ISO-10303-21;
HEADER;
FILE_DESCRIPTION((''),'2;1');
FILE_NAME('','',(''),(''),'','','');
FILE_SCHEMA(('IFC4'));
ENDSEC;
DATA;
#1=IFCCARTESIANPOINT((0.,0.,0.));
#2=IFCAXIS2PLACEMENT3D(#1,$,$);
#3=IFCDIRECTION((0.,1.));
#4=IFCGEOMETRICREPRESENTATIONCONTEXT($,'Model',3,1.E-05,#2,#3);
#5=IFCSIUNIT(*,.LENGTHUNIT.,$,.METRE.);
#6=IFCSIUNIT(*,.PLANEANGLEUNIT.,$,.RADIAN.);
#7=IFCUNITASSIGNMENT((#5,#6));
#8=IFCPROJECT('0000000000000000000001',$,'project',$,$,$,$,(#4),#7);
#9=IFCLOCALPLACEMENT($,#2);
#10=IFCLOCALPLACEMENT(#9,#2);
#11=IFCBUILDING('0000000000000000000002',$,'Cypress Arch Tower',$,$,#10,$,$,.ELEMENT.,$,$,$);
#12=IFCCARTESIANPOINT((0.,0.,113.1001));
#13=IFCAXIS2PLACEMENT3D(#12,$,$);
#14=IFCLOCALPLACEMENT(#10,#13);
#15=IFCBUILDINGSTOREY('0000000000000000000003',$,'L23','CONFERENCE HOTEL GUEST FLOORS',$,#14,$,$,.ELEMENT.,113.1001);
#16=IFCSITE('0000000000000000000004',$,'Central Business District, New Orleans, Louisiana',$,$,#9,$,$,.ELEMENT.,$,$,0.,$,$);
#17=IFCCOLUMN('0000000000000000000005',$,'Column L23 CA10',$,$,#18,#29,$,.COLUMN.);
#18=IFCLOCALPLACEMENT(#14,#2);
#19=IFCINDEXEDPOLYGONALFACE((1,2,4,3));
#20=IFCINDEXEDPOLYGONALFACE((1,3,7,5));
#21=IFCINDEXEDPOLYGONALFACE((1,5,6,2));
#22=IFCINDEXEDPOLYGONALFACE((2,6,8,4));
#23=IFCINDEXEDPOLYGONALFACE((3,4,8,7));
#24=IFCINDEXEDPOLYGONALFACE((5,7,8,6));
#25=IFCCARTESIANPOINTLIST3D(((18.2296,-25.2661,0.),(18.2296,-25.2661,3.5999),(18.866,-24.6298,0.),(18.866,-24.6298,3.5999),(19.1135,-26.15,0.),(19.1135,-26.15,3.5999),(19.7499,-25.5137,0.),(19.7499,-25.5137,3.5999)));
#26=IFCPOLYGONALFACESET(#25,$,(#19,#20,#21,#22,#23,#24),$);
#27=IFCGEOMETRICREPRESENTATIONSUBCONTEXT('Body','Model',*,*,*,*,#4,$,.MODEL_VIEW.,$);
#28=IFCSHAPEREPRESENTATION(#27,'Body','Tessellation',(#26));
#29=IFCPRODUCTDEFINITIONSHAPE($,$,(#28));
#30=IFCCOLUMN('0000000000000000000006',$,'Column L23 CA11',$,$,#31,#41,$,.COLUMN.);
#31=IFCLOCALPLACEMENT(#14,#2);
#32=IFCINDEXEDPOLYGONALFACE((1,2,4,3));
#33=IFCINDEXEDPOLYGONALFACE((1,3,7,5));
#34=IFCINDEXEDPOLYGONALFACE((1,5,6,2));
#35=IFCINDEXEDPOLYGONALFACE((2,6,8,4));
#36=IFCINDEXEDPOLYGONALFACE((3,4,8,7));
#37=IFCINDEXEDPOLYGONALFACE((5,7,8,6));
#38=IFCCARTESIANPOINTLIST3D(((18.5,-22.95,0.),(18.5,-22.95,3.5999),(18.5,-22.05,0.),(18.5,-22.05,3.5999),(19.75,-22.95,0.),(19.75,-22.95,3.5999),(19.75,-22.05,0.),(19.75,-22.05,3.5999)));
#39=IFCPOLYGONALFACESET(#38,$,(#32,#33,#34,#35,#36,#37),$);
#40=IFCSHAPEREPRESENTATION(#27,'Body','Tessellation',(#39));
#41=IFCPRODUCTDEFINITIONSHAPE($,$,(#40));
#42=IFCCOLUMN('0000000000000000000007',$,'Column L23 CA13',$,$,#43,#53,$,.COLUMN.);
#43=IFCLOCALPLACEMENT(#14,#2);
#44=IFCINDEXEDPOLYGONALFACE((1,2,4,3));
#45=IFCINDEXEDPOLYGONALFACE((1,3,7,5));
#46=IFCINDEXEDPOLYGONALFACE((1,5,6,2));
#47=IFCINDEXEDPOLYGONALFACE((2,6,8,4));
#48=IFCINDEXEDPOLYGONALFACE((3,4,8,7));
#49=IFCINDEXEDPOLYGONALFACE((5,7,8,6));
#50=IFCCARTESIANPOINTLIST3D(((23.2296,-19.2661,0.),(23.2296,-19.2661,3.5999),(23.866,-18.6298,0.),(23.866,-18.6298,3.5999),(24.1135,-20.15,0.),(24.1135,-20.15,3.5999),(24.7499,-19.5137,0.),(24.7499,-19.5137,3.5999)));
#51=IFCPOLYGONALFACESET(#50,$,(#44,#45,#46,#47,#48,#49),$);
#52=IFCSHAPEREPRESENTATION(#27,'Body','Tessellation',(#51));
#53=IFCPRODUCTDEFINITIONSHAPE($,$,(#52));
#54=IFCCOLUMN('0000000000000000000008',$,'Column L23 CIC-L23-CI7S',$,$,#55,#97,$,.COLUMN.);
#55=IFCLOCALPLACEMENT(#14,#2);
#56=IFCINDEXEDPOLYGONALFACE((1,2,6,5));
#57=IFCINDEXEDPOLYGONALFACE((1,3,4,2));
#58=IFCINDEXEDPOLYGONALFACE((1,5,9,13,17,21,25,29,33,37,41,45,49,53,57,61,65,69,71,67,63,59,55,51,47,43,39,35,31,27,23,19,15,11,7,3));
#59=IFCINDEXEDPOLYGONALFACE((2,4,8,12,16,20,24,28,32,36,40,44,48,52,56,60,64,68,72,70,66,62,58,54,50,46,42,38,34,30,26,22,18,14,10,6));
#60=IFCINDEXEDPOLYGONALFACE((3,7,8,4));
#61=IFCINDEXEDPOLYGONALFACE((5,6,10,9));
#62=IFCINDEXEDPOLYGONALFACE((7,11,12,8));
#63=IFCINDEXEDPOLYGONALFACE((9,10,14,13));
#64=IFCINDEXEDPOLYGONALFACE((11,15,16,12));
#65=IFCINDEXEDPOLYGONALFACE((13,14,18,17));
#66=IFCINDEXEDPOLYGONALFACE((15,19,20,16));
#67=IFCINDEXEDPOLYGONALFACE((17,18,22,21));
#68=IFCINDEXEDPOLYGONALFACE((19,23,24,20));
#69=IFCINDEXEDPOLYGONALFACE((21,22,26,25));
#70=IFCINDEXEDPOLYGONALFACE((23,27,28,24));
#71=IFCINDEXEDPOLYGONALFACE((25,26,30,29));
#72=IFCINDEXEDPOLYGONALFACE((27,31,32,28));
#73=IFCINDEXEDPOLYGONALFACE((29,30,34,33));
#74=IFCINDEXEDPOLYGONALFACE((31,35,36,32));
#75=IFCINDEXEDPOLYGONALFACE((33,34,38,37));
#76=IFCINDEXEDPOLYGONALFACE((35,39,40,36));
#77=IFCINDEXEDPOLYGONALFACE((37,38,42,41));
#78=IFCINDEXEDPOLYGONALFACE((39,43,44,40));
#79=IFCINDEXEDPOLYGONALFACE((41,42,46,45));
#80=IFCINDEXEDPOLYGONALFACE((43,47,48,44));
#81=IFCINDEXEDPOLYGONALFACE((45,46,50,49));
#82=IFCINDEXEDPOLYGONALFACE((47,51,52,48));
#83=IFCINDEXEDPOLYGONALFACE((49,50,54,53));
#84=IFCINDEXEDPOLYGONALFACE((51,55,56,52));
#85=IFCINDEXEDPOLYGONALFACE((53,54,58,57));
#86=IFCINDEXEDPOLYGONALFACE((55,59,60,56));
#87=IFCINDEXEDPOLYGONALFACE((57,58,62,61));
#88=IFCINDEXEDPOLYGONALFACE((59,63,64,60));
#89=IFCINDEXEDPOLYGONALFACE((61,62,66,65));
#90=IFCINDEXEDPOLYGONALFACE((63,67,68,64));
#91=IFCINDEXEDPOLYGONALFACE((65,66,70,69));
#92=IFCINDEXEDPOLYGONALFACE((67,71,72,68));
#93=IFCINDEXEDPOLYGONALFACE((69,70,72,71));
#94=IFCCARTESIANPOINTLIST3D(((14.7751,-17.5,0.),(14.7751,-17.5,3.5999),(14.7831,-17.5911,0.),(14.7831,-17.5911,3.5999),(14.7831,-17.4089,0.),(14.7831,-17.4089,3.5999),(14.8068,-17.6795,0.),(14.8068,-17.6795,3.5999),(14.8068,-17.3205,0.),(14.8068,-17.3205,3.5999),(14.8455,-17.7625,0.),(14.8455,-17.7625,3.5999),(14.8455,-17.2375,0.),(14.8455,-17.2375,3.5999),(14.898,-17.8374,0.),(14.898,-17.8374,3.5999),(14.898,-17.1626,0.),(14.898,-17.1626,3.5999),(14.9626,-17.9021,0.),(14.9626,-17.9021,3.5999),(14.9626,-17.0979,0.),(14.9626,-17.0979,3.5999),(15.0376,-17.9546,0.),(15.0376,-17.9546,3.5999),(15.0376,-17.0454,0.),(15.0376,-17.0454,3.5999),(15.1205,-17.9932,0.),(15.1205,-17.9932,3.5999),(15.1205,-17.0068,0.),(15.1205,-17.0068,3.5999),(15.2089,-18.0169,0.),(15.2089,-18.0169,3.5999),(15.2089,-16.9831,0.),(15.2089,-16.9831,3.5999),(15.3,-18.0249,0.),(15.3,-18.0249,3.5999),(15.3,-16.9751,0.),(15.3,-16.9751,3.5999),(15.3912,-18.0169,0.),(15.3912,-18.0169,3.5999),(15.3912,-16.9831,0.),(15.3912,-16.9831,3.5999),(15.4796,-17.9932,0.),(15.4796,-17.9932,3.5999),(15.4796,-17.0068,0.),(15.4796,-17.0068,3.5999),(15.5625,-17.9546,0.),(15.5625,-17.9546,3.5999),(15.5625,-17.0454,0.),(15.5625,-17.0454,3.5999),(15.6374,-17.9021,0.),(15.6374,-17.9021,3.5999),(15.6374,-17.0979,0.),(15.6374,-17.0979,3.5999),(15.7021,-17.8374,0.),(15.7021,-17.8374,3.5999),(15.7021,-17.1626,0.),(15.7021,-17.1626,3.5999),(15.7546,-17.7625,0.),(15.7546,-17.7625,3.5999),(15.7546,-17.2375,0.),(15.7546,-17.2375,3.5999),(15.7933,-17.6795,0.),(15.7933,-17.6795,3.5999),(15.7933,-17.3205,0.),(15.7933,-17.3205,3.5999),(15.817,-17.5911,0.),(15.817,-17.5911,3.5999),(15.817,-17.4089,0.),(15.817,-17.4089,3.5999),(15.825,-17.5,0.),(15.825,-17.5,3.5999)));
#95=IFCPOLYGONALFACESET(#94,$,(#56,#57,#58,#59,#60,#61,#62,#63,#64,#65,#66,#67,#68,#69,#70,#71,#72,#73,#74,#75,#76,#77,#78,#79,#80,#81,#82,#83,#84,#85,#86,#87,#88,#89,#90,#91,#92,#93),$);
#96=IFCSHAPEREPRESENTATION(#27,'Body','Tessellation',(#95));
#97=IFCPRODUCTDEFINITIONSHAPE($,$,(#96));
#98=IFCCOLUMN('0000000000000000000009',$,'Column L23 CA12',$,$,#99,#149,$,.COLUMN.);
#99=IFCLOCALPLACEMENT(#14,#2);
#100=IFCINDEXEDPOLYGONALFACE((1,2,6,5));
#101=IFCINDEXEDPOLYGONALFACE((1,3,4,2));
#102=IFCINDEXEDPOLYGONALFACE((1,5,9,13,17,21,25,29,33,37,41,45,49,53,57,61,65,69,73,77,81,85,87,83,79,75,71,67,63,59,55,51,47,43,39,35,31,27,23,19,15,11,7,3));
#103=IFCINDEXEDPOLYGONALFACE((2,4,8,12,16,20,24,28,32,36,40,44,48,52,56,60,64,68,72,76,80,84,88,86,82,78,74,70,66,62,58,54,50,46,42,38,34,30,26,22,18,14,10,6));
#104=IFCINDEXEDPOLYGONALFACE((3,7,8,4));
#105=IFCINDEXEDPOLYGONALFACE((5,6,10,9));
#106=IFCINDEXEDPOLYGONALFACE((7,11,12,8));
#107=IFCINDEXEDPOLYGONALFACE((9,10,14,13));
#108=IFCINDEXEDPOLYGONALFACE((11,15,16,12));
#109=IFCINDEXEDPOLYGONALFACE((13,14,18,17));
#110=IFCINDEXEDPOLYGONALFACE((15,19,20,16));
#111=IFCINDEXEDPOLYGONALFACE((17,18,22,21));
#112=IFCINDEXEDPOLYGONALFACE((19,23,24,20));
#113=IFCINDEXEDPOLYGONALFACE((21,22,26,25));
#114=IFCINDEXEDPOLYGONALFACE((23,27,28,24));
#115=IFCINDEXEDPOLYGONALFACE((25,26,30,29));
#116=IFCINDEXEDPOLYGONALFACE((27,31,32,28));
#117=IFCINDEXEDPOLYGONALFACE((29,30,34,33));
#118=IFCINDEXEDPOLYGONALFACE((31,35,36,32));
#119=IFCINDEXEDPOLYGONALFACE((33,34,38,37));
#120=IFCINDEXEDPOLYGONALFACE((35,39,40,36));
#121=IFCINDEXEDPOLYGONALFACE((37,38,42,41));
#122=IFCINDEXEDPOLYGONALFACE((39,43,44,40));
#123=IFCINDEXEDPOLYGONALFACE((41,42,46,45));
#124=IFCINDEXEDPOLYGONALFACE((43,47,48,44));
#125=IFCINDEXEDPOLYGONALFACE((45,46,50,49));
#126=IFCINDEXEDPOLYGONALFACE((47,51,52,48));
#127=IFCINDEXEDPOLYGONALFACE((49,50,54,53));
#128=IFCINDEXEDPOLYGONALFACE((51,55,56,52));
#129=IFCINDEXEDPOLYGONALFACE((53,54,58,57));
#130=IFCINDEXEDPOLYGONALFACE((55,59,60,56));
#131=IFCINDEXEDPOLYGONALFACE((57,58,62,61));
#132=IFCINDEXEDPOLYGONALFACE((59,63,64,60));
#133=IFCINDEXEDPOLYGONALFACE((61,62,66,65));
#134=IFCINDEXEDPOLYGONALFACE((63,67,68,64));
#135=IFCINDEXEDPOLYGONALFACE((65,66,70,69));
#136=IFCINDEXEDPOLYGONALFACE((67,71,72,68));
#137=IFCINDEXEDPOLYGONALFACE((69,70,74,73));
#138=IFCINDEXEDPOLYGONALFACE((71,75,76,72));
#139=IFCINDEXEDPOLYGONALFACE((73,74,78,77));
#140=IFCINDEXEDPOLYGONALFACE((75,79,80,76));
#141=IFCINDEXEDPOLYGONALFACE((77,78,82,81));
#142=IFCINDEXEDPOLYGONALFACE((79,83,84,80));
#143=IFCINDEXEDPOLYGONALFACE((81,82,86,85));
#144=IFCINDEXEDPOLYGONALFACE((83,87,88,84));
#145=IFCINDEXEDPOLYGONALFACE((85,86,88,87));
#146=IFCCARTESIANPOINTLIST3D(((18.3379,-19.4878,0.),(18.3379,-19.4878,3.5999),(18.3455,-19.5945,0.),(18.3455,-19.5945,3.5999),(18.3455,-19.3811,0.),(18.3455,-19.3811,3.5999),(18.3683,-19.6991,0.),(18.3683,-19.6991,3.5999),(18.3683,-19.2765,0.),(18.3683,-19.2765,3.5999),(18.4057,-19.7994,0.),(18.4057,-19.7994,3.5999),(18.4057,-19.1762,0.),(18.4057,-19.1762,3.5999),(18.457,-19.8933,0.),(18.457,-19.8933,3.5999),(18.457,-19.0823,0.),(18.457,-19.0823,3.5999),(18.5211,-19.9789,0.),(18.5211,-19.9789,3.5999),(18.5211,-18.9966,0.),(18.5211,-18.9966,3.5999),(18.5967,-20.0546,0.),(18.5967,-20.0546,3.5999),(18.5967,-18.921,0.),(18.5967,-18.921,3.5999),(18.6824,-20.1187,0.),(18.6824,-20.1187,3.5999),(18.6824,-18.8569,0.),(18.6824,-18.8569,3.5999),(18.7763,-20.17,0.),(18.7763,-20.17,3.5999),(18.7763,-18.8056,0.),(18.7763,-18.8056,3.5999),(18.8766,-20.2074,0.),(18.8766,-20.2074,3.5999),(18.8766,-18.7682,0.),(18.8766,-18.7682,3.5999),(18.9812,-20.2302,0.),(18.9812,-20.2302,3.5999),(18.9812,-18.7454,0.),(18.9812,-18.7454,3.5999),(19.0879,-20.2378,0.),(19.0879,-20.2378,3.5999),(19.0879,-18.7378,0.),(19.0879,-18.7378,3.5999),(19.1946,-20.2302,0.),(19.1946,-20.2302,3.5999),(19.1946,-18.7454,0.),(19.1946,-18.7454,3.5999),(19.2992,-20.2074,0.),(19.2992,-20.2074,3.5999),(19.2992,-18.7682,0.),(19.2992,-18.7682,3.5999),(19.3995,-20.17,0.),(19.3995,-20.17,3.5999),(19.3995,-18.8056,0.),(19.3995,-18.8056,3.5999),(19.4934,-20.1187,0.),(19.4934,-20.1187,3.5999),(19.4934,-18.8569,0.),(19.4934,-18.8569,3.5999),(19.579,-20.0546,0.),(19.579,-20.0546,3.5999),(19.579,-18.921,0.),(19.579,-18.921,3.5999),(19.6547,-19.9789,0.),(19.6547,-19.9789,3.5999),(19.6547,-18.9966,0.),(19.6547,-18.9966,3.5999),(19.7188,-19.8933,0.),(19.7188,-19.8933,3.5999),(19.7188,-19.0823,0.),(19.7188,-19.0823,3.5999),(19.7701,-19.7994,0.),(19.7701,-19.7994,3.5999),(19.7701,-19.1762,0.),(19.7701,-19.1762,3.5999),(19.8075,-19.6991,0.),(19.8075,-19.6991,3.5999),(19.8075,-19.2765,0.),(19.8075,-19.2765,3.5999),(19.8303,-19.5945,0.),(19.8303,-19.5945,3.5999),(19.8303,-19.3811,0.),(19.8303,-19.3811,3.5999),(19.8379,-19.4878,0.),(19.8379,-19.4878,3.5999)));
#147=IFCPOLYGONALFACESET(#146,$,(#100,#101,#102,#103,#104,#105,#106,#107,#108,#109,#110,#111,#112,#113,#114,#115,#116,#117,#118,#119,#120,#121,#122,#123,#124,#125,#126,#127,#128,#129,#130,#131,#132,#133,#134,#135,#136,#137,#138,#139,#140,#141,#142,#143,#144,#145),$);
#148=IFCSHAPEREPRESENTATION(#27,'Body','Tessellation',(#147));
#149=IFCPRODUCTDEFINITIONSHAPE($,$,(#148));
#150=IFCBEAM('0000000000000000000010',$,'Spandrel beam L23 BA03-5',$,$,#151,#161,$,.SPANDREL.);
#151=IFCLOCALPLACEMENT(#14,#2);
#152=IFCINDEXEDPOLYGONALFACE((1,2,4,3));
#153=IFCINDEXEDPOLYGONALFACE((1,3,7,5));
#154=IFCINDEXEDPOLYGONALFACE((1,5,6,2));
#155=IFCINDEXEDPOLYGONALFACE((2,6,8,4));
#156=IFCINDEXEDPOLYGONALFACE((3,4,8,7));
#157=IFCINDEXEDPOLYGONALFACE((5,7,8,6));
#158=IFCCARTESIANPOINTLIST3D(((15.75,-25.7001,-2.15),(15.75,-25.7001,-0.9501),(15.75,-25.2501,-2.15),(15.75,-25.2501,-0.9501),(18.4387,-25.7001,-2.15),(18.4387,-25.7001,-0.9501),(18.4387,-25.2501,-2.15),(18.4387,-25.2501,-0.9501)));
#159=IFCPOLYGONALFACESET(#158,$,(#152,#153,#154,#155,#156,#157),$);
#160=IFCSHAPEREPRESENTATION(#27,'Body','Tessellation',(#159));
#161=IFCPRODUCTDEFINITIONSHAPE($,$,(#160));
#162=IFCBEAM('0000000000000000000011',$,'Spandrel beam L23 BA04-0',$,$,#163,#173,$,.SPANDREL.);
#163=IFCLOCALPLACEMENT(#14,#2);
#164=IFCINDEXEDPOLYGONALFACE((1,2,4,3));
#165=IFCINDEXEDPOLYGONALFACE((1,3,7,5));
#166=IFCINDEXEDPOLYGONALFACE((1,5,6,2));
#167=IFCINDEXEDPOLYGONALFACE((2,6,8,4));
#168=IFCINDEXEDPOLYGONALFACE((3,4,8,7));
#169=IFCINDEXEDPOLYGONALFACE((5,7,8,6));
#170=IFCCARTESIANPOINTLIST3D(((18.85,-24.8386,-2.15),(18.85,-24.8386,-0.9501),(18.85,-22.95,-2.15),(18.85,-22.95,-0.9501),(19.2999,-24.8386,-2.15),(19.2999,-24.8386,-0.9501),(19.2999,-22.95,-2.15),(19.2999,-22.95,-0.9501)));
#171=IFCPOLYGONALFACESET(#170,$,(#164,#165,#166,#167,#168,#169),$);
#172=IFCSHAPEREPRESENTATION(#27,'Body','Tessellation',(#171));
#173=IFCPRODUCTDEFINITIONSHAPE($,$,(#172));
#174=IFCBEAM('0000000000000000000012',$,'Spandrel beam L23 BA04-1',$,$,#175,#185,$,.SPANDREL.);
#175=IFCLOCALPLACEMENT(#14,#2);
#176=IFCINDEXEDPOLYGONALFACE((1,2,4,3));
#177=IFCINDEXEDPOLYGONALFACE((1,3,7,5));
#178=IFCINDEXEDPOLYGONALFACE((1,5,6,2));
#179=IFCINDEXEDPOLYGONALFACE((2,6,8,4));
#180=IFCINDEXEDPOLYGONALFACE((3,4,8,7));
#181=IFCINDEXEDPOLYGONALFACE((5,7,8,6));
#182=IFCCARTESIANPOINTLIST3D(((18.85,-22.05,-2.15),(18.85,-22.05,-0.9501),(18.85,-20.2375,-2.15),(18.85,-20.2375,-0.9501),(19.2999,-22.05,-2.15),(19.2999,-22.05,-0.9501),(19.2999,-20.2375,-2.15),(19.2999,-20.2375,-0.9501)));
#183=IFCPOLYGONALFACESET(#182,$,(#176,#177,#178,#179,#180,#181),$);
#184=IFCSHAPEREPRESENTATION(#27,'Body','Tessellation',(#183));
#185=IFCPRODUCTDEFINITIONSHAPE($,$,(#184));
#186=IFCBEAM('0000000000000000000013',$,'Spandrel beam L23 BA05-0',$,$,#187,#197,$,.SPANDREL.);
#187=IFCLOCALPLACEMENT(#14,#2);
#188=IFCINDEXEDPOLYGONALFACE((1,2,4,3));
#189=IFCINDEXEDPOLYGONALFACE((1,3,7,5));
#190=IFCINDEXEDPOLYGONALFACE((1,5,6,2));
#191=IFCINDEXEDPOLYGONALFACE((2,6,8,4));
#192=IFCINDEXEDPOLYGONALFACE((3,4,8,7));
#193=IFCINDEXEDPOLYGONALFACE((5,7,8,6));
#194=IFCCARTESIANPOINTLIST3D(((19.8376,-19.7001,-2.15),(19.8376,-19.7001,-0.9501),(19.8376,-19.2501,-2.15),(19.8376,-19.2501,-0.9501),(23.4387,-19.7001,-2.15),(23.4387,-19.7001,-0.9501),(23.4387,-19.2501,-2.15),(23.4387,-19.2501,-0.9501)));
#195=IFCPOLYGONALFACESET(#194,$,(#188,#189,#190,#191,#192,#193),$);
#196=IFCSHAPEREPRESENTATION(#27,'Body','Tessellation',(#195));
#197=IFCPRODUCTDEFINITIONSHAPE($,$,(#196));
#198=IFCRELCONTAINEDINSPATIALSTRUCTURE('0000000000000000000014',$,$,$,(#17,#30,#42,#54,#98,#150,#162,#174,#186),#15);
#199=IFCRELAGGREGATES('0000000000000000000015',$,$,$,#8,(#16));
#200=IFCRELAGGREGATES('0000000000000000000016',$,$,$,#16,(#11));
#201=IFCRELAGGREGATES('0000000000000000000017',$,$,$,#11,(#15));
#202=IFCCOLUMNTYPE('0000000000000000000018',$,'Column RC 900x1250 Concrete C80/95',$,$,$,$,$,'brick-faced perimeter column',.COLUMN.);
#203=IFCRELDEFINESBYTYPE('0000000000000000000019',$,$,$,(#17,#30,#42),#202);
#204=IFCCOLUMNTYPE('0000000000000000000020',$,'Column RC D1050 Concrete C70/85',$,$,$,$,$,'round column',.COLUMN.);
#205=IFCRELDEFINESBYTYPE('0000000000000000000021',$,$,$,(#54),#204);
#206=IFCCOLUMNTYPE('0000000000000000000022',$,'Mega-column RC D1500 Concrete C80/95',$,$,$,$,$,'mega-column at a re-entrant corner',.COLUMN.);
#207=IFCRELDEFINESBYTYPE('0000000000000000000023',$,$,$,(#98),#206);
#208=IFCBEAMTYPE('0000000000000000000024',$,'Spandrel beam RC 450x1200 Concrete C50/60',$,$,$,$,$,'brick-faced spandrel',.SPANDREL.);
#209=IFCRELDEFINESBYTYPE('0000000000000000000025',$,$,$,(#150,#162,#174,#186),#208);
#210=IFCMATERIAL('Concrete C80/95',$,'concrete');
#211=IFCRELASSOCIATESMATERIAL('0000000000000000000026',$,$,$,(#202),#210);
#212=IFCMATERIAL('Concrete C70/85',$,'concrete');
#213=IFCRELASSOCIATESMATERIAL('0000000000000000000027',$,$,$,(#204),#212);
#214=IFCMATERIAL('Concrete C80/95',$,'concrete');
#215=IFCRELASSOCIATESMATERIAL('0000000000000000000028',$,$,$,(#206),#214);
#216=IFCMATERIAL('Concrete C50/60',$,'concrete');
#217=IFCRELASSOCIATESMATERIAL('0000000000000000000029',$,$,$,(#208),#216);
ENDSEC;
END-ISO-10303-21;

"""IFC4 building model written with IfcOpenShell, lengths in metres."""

from ifc_helpers import new_model, si_unit, direction, frame, origin, origin_2d, place, context, subcontext, project, spatial, rectangle, circle, extrude, material, material_profile, profile_set, type_object, element, save


model = new_model("IFC4")

# Units and contexts
model_context = context("Model", 3, precision=1e-05, world=origin(), true_north=direction((0.0, 1.0)))
body_context = subcontext(model_context, "Body", "Model", "MODEL_VIEW")
ifc_project = project(units=[si_unit("LENGTHUNIT", "METRE"), si_unit("PLANEANGLEUNIT", "RADIAN")], contexts=[model_context])

# Site, building, storey
site_placement = place(None, origin())
site = spatial("IfcSite", under=ifc_project, at=site_placement, Name="Central Business District, New Orleans, Louisiana", CompositionType="ELEMENT", RefElevation=0.0)
building_placement = place(site_placement, origin())
building = spatial("IfcBuilding", under=site, at=building_placement, Name="Cypress Arch Tower", CompositionType="ELEMENT")
storey_placement = place(building_placement, frame((0.0, 0.0, 113.1001)))
storey = spatial("IfcBuildingStorey", under=building, at=storey_placement, Name="L23", Description="CONFERENCE HOTEL GUEST FLOORS", CompositionType="ELEMENT", Elevation=113.1001)

# Columns
ifc_material_1 = material(Name="Concrete C80/95", Category="concrete")
ifc_material_profile_1 = material_profile(ifc_material_1, rectangle(XDim=0.8999, YDim=1.25, at=origin_2d()), Name="RC 900x1250")
ifc_profile_set_1 = profile_set([ifc_material_profile_1], Name="Concrete C80/95")
column_type_1 = type_object("IfcColumnType", Name="Column RC 900x1250 Concrete C80/95", ElementType="brick-faced perimeter column", PredefinedType="COLUMN", material=ifc_profile_set_1)
for number, where, z_axis, x_axis, name in (
    (1, (18.9897, -25.3899, 0.0), (0.0, 0.0, 1.0), (0.707107, 0.707107, 0.0), "Column L23 CA10"),
    (2, (19.125, -22.5, 0.0), (0.0, 0.0, 1.0), (0.0, 1.0, 0.0), "Column L23 CA11"),
    (3, (23.9897, -19.3899, 0.0), (0.0, 0.0, 1.0), (0.707107, 0.707107, 0.0), "Column L23 CA13"),
):
    element("IfcColumn", number, at=place(storey_placement, frame(where, z_axis=z_axis, x_axis=x_axis)), inside=storey, type_object=column_type_1, Name=name, PredefinedType="COLUMN", context=body_context, shape_type="SweptSolid", body=[
        extrude(rectangle(XDim=0.8999, YDim=1.25, at=origin_2d()), origin(), (0.0, 0.0, 1.0), 3.5999),
    ])
ifc_material_2 = material(Name="Concrete C70/85", Category="concrete")
ifc_material_profile_2 = material_profile(ifc_material_2, circle(Radius=0.5249, at=origin_2d()), Name="RC D1050")
ifc_profile_set_2 = profile_set([ifc_material_profile_2], Name="Concrete C70/85")
column_type_2 = type_object("IfcColumnType", Name="Column RC D1050 Concrete C70/85", ElementType="round column", PredefinedType="COLUMN", material=ifc_profile_set_2)
column_1_placement = place(storey_placement, frame((15.3, -17.5, 0.0), z_axis=(0.0, 0.0, 1.0), x_axis=(1.0, 0.0, 0.0)))
element("IfcColumn", 4, at=column_1_placement, inside=storey, type_object=column_type_2, Name="Column L23 CIC-L23-CI7S", PredefinedType="COLUMN", context=body_context, shape_type="SweptSolid", body=[
    extrude(circle(Radius=0.5249, at=origin_2d()), origin(), (0.0, 0.0, 1.0), 3.5999),
])
ifc_material_3 = material(Name="Concrete C80/95", Category="concrete")
ifc_material_profile_3 = material_profile(ifc_material_3, circle(Radius=0.75, at=origin_2d()), Name="RC D1500")
ifc_profile_set_3 = profile_set([ifc_material_profile_3], Name="Concrete C80/95")
column_type_3 = type_object("IfcColumnType", Name="Mega-column RC D1500 Concrete C80/95", ElementType="mega-column at a re-entrant corner", PredefinedType="COLUMN", material=ifc_profile_set_3)
column_2_placement = place(storey_placement, frame((19.0879, -19.4878, 0.0), z_axis=(0.0, 0.0, 1.0), x_axis=(1.0, 0.0, 0.0)))
element("IfcColumn", 5, at=column_2_placement, inside=storey, type_object=column_type_3, Name="Column L23 CA12", PredefinedType="COLUMN", context=body_context, shape_type="SweptSolid", body=[
    extrude(circle(Radius=0.75, at=origin_2d()), origin(), (0.0, 0.0, 1.0), 3.5999),
])

# Beams
ifc_material_4 = material(Name="Concrete C50/60", Category="concrete")
ifc_material_profile_4 = material_profile(ifc_material_4, rectangle(XDim=0.45, YDim=1.2, at=origin_2d()), Name="RC 450x1200")
ifc_profile_set_4 = profile_set([ifc_material_profile_4], Name="Concrete C50/60")
beam_type = type_object("IfcBeamType", Name="Spandrel beam RC 450x1200 Concrete C50/60", ElementType="brick-faced spandrel", PredefinedType="SPANDREL", material=ifc_profile_set_4)
beam_1_placement = place(storey_placement, frame((15.75, -25.4751, -1.55), z_axis=(1.0, 0.0, 0.0), x_axis=(0.0, 1.0, 0.0)))
element("IfcBeam", 6, at=beam_1_placement, inside=storey, type_object=beam_type, Name="Spandrel beam L23 BA03-5", PredefinedType="SPANDREL", context=body_context, shape_type="SweptSolid", body=[
    extrude(rectangle(XDim=0.45, YDim=1.2, at=origin_2d()), origin(), (0.0, 0.0, 1.0), 2.6887),
])
beam_2_placement = place(storey_placement, frame((19.075, -24.8386, -1.55), z_axis=(0.0, 1.0, 0.0), x_axis=(-1.0, 0.0, 0.0)))
element("IfcBeam", 7, at=beam_2_placement, inside=storey, type_object=beam_type, Name="Spandrel beam L23 BA04-0", PredefinedType="SPANDREL", context=body_context, shape_type="SweptSolid", body=[
    extrude(rectangle(XDim=0.45, YDim=1.2, at=origin_2d()), origin(), (0.0, 0.0, 1.0), 1.8887),
])
beam_3_placement = place(storey_placement, frame((19.075, -22.05, -1.55), z_axis=(0.0, 1.0, 0.0), x_axis=(-1.0, 0.0, 0.0)))
element("IfcBeam", 8, at=beam_3_placement, inside=storey, type_object=beam_type, Name="Spandrel beam L23 BA04-1", PredefinedType="SPANDREL", context=body_context, shape_type="SweptSolid", body=[
    extrude(rectangle(XDim=0.45, YDim=1.2, at=origin_2d()), origin(), (0.0, 0.0, 1.0), 1.8125),
])
beam_4_placement = place(storey_placement, frame((19.8376, -19.4751, -1.55), z_axis=(1.0, 0.0, 0.0), x_axis=(0.0, 1.0, 0.0)))
element("IfcBeam", 9, at=beam_4_placement, inside=storey, type_object=beam_type, Name="Spandrel beam L23 BA05-0", PredefinedType="SPANDREL", context=body_context, shape_type="SweptSolid", body=[
    extrude(rectangle(XDim=0.45, YDim=1.2, at=origin_2d()), origin(), (0.0, 0.0, 1.0), 3.6011),
])

save(model, "model.ifc")
